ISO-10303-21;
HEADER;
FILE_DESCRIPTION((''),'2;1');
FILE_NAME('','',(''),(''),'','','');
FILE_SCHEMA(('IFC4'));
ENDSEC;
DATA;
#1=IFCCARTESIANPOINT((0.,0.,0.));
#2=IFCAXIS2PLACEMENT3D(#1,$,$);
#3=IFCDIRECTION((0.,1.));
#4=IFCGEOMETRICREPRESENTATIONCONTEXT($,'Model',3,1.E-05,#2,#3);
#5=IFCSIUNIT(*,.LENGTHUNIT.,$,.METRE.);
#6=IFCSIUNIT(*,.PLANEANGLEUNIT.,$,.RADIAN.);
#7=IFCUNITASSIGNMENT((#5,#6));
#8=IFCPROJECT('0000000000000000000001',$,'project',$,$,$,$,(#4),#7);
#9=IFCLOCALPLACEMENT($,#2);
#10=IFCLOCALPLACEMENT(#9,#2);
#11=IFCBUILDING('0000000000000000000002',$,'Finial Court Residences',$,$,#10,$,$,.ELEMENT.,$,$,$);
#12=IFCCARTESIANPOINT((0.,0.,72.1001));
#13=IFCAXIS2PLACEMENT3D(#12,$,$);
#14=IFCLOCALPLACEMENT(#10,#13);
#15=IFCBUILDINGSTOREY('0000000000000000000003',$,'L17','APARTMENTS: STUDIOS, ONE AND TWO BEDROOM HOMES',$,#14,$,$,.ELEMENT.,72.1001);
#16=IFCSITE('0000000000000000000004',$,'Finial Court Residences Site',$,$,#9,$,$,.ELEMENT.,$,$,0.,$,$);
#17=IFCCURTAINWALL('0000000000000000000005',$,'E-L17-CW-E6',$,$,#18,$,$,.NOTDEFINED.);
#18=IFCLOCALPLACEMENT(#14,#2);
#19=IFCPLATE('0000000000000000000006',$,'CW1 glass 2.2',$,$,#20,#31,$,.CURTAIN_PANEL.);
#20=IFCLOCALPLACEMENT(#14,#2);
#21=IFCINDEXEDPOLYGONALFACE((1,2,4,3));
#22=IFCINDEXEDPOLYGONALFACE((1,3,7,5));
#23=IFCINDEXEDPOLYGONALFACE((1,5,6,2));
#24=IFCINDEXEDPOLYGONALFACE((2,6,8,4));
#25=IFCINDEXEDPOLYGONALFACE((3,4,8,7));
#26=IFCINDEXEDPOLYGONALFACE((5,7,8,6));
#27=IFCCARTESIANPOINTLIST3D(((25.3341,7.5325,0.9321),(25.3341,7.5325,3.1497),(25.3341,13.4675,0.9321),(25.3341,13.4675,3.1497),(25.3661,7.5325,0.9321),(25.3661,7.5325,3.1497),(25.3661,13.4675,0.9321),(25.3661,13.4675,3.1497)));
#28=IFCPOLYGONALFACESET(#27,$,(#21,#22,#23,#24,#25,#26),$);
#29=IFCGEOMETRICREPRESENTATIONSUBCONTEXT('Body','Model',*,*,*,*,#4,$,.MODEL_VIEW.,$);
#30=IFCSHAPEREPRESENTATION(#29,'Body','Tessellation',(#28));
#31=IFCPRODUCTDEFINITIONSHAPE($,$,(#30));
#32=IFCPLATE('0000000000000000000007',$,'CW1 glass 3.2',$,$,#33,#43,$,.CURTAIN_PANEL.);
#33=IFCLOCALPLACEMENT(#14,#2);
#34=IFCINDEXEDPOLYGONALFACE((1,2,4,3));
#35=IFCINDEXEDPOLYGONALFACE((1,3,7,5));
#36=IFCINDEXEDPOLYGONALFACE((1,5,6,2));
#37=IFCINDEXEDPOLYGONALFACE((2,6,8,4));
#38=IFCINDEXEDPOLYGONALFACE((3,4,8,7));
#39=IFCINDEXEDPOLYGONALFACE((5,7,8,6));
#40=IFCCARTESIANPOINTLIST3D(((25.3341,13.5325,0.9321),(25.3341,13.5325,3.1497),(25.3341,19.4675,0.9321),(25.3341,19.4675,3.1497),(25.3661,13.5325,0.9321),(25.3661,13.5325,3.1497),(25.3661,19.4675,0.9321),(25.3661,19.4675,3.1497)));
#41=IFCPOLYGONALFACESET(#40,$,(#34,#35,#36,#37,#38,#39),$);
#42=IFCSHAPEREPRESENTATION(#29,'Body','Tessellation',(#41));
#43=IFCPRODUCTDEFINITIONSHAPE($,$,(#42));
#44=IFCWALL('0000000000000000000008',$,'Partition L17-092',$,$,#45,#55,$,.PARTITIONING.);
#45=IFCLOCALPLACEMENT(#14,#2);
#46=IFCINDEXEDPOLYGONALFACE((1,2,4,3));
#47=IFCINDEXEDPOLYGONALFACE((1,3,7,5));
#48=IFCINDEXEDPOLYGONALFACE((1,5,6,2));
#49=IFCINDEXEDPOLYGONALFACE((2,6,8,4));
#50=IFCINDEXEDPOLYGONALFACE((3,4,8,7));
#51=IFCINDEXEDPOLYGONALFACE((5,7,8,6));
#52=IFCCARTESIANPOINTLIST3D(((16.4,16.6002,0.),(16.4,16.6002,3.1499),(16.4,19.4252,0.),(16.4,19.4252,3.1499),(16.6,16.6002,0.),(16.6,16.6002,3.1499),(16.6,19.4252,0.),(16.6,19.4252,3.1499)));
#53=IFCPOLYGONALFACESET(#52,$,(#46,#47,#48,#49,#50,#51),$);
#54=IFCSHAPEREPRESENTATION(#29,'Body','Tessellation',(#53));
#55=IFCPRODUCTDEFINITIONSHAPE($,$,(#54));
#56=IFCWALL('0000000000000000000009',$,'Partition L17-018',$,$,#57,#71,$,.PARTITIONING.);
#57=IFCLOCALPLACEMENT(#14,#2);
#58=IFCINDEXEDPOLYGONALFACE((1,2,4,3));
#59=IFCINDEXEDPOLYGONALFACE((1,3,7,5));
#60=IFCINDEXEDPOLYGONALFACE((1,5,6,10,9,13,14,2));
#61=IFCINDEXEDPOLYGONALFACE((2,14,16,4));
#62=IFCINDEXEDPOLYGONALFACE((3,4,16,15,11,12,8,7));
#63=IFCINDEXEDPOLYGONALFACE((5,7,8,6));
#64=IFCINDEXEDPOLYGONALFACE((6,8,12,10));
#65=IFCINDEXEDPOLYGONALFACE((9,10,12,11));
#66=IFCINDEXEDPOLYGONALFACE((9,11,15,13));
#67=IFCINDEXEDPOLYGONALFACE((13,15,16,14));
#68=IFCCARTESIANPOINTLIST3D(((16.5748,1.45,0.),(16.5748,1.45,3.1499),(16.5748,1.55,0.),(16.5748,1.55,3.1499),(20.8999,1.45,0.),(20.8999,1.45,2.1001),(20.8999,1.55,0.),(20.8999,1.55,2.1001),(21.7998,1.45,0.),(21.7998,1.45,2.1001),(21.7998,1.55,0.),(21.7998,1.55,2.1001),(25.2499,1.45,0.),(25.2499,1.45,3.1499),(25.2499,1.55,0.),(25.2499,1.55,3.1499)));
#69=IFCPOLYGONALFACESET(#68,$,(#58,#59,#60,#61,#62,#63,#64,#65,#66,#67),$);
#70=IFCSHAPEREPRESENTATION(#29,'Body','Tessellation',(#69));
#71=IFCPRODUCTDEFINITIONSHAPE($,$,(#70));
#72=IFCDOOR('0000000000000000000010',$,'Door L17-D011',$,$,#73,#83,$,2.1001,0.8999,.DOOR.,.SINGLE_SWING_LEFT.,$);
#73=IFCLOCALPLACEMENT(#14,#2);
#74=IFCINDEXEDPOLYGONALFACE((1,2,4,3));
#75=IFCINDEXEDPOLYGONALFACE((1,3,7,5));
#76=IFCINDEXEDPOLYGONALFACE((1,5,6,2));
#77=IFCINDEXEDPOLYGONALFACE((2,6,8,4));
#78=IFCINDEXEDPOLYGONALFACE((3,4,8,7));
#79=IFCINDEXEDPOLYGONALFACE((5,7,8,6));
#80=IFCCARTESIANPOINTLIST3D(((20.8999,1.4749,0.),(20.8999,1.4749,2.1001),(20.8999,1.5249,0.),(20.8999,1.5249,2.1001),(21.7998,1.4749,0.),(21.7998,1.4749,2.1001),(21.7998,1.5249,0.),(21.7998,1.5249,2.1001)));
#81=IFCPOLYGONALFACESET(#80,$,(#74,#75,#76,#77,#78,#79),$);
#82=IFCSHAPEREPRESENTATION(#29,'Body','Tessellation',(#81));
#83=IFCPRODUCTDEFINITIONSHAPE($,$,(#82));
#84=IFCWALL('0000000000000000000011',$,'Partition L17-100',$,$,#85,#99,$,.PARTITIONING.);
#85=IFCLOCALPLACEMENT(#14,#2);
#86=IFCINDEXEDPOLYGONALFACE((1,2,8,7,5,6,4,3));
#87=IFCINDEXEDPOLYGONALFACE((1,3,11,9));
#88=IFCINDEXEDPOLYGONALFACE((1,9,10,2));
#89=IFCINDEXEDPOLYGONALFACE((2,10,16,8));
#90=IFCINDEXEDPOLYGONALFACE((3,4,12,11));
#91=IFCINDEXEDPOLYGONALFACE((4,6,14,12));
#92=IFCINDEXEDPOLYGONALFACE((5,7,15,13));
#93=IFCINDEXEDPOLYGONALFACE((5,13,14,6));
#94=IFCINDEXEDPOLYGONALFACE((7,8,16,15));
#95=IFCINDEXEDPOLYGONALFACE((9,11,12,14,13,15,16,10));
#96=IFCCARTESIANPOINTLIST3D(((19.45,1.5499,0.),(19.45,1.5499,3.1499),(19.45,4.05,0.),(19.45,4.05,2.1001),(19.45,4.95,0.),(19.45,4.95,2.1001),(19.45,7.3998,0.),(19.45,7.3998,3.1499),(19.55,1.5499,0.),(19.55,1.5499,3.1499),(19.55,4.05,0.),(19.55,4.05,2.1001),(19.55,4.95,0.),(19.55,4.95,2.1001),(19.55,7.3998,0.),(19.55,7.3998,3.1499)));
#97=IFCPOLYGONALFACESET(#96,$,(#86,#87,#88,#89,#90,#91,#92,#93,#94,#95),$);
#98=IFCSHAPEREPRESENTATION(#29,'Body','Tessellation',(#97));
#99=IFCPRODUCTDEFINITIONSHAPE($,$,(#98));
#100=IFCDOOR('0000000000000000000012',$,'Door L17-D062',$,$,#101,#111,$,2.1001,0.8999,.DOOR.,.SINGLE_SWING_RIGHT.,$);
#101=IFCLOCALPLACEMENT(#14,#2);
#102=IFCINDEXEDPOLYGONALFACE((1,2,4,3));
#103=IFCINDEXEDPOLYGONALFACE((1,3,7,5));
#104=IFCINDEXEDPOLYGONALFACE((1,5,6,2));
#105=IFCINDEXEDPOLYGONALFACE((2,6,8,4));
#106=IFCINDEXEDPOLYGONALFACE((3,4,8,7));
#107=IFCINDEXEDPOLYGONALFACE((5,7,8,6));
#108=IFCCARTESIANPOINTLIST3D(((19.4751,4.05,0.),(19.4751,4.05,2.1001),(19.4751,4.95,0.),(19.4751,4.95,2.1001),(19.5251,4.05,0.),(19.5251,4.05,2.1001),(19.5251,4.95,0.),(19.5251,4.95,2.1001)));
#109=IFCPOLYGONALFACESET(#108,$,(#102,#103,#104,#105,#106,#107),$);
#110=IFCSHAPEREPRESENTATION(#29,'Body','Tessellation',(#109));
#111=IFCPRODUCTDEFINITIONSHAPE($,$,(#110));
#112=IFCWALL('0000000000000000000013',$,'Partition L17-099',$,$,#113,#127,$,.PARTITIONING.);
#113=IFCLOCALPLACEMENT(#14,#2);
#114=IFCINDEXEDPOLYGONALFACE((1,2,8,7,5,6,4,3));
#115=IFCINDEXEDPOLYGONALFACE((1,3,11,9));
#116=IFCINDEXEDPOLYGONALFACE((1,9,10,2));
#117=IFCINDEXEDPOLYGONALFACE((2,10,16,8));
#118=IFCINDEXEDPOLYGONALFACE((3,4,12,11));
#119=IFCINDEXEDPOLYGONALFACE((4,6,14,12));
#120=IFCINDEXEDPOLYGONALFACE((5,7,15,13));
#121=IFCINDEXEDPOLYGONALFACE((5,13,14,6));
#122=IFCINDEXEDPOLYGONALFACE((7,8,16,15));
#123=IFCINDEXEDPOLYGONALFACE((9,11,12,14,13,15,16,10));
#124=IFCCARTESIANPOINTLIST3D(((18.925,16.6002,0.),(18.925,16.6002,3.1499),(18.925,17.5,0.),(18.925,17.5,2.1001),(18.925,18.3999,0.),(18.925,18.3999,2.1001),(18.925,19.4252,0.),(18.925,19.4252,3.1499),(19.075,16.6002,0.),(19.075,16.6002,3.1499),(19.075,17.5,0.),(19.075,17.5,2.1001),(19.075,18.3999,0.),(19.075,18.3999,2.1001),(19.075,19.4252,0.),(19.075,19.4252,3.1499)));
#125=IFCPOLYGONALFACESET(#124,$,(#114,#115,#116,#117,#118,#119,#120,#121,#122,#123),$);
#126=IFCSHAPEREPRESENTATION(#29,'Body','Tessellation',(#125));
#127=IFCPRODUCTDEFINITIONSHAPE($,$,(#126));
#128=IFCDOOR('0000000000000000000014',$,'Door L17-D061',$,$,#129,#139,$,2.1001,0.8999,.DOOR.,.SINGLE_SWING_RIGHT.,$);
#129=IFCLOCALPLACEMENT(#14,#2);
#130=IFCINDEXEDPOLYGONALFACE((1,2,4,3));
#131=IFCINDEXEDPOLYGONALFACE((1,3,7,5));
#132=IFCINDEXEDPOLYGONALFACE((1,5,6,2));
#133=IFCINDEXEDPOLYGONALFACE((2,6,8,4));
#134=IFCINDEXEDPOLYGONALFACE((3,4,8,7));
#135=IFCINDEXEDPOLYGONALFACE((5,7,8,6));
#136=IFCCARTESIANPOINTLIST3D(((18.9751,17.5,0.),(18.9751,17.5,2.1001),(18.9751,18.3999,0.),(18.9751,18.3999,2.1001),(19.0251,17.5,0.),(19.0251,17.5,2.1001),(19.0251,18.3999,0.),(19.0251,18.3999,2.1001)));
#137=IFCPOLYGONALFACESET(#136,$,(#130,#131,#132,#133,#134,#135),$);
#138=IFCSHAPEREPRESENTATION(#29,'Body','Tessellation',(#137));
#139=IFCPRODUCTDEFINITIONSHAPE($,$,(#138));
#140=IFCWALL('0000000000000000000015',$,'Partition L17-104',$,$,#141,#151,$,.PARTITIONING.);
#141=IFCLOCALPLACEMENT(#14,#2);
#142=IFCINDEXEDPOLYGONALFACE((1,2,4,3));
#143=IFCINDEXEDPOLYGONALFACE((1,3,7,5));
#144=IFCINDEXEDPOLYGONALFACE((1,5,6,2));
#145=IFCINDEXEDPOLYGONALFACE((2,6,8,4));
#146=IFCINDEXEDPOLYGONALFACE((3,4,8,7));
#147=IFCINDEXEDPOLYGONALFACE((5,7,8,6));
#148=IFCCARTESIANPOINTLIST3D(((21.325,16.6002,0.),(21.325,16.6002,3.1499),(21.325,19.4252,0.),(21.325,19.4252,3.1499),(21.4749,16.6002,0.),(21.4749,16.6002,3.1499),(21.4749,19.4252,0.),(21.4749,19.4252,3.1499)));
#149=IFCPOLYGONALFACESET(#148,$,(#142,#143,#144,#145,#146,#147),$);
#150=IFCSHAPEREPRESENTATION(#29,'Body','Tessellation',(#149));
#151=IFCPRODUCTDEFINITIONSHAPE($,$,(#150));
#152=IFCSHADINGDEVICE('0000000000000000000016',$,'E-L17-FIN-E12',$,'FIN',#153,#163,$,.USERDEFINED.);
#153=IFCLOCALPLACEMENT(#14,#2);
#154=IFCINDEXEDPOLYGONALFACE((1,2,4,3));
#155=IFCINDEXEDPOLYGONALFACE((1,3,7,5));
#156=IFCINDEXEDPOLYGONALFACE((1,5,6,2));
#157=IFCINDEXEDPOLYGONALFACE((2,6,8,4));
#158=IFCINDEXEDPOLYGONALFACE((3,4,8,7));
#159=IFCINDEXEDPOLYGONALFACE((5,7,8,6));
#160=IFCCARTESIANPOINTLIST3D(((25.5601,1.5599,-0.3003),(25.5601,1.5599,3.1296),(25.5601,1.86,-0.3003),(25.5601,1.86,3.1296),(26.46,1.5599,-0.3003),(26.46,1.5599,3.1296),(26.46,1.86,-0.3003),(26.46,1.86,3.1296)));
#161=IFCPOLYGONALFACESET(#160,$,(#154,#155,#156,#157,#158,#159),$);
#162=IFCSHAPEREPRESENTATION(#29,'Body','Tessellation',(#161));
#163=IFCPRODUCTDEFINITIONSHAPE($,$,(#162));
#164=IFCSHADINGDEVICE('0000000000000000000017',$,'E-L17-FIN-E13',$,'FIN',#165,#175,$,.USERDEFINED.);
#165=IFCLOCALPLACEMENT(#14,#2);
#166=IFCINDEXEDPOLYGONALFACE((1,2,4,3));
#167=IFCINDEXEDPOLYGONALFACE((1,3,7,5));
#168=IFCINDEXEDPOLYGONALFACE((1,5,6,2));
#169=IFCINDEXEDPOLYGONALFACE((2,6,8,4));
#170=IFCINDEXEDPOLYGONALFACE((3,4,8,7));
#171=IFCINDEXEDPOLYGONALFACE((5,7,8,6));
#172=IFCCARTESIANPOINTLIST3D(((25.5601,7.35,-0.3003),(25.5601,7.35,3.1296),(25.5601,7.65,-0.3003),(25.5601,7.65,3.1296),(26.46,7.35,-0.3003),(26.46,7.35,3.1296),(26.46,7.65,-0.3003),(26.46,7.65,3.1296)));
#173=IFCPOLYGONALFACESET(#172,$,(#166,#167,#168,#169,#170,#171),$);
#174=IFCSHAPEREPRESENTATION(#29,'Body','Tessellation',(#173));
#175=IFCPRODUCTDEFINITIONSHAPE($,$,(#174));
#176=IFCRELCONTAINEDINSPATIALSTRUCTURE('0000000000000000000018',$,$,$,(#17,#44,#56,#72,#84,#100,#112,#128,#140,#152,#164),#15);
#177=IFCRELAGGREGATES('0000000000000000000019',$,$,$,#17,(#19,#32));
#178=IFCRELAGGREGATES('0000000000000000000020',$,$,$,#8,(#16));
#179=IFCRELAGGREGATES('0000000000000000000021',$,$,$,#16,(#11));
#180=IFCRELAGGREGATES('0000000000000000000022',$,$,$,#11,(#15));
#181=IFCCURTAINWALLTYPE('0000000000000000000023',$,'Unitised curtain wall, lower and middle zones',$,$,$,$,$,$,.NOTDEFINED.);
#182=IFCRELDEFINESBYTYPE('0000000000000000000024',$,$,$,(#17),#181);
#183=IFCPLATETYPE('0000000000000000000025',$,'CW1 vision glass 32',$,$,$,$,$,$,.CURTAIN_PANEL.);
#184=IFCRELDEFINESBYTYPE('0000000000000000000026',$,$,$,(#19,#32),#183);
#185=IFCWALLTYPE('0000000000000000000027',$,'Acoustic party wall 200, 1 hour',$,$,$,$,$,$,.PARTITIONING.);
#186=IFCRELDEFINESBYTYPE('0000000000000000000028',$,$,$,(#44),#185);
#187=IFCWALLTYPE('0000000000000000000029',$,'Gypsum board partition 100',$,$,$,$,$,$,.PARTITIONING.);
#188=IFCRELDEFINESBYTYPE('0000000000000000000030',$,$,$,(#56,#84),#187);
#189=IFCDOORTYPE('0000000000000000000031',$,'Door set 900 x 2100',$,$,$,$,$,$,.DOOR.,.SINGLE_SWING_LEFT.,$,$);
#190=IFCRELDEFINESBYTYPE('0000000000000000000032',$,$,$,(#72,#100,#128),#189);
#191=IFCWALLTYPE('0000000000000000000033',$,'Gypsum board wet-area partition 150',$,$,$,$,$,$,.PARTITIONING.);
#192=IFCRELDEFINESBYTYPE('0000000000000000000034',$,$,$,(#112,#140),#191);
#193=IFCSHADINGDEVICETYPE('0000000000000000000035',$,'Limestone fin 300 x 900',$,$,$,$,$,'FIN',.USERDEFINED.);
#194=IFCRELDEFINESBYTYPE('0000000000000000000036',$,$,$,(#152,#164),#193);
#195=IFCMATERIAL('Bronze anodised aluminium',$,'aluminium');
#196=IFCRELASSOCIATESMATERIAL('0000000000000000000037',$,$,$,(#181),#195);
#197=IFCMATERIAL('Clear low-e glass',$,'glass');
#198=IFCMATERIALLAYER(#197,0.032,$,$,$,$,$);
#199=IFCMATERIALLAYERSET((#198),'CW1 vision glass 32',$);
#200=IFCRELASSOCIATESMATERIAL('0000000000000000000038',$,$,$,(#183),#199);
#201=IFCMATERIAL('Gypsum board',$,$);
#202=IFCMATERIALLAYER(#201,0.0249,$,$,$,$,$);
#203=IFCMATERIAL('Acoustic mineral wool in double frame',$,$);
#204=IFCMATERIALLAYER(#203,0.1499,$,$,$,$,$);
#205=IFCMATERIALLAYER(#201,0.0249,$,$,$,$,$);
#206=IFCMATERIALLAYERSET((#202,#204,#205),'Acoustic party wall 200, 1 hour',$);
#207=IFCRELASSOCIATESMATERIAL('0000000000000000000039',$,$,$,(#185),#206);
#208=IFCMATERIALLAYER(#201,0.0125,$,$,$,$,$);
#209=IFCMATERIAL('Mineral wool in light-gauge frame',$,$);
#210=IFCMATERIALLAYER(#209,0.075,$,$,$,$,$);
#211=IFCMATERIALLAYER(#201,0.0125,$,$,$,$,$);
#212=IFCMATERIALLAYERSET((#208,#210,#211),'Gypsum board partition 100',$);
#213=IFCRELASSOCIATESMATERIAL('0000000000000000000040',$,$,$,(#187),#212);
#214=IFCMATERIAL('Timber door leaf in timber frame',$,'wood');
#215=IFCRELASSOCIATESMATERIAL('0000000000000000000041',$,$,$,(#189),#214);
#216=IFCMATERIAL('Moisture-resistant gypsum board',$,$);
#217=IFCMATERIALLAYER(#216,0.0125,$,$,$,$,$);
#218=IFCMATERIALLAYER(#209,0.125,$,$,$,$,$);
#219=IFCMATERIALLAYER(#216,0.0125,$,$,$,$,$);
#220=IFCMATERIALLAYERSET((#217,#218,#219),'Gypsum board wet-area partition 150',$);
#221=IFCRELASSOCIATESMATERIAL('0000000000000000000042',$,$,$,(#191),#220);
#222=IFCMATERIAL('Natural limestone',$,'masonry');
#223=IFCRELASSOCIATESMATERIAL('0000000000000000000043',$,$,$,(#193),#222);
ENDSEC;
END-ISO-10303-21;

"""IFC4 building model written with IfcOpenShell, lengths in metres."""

from ifc_helpers import new_model, si_unit, direction, frame, frame_2d, origin, origin_2d, place, context, subcontext, project, spatial, rectangle, extrude, material, layer, layer_set, type_object, element, fill, aggregate, save


model = new_model("IFC4")

# Units and contexts
model_context = context("Model", 3, precision=1e-05, world=origin(), true_north=direction((0.0, 1.0)))
body_context = subcontext(model_context, "Body", "Model", "MODEL_VIEW")
ifc_project = project(units=[si_unit("LENGTHUNIT", "METRE"), si_unit("PLANEANGLEUNIT", "RADIAN")], contexts=[model_context])

# Site, building, storey
site_placement = place(None, origin())
site = spatial("IfcSite", under=ifc_project, at=site_placement, Name="Finial Court Residences Site", CompositionType="ELEMENT", RefElevation=0.0)
building_placement = place(site_placement, origin())
building = spatial("IfcBuilding", under=site, at=building_placement, Name="Finial Court Residences", CompositionType="ELEMENT")
storey_placement = place(building_placement, frame((0.0, 0.0, 72.1001)))
storey = spatial("IfcBuildingStorey", under=building, at=storey_placement, Name="L17", Description="APARTMENTS: STUDIOS, ONE AND TWO BEDROOM HOMES", CompositionType="ELEMENT", Elevation=72.1001)

# Curtain wall, plates
ifc_material_1 = material(Name="Bronze anodised aluminium", Category="aluminium")
curtain_wall_type = type_object("IfcCurtainWallType", Name="Unitised curtain wall, lower and middle zones", PredefinedType="NOTDEFINED", material=ifc_material_1)
curtain_wall_placement = place(storey_placement, origin())
curtain_wall = element("IfcCurtainWall", 1, at=curtain_wall_placement, inside=storey, type_object=curtain_wall_type, Name="E-L17-CW-E6", PredefinedType="NOTDEFINED")
ifc_material_2 = material(Name="Clear low-e glass", Category="glass")
ifc_layer_1 = layer(ifc_material_2, 0.032)
ifc_layer_set_1 = layer_set([ifc_layer_1], Name="CW1 vision glass 32")
plate_type_1 = type_object("IfcPlateType", Name="CW1 vision glass 32", PredefinedType="CURTAIN_PANEL", material=ifc_layer_set_1)
plate_1_placement = place(storey_placement, frame((25.3501, 10.5, 0.9321), z_axis=(0.0, 0.0, 1.0), x_axis=(0.0, 1.0, 0.0)))
plate_1 = element("IfcPlate", 2, at=plate_1_placement, type_object=plate_type_1, Name="CW1 glass 2.2", PredefinedType="CURTAIN_PANEL", context=body_context, shape_type="SweptSolid", body=[
    extrude(rectangle(XDim=5.9351, YDim=0.032, at=origin_2d()), origin(), (0.0, 0.0, 1.0), 2.2175),
])
plate_2_placement = place(storey_placement, frame((25.3501, 16.5, 0.9321), z_axis=(0.0, 0.0, 1.0), x_axis=(0.0, 1.0, 0.0)))
plate_2 = element("IfcPlate", 3, at=plate_2_placement, type_object=plate_type_1, Name="CW1 glass 3.2", PredefinedType="CURTAIN_PANEL", context=body_context, shape_type="SweptSolid", body=[
    extrude(rectangle(XDim=5.9351, YDim=0.032, at=origin_2d()), origin(), (0.0, 0.0, 1.0), 2.2175),
])
aggregate(curtain_wall, [plate_1, plate_2])

# Wall
ifc_material_3 = material(Name="Gypsum board")
ifc_layer_2 = layer(ifc_material_3, 0.0249)
ifc_material_4 = material(Name="Acoustic mineral wool in double frame")
ifc_layer_3 = layer(ifc_material_4, 0.1499)
ifc_layer_4 = layer(ifc_material_3, 0.0249)
ifc_layer_set_2 = layer_set([ifc_layer_2, ifc_layer_3, ifc_layer_4], Name="Acoustic party wall 200, 1 hour")
wall_type_1 = type_object("IfcWallType", Name="Acoustic party wall 200, 1 hour", PredefinedType="PARTITIONING", material=ifc_layer_set_2)
wall_1_placement = place(storey_placement, frame((16.5, 16.6001, 0.0), z_axis=(0.0, 0.0, 1.0), x_axis=(0.0, 1.0, 0.0)))
element("IfcWall", 4, at=wall_1_placement, inside=storey, type_object=wall_type_1, Name="Partition L17-092", PredefinedType="PARTITIONING", context=body_context, shape_type="SweptSolid", body=[
    extrude(rectangle(XDim=2.825, YDim=0.2, at=frame_2d((1.4126, 0.0))), origin(), (0.0, 0.0, 1.0), 3.1499),
])

# Walls, openings, doors
ifc_layer_5 = layer(ifc_material_3, 0.0125)
ifc_material_5 = material(Name="Mineral wool in light-gauge frame")
ifc_layer_6 = layer(ifc_material_5, 0.075)
ifc_layer_7 = layer(ifc_material_3, 0.0125)
ifc_layer_set_3 = layer_set([ifc_layer_5, ifc_layer_6, ifc_layer_7], Name="Gypsum board partition 100")
wall_type_2 = type_object("IfcWallType", Name="Gypsum board partition 100", PredefinedType="PARTITIONING", material=ifc_layer_set_3)
wall_2_placement = place(storey_placement, frame((16.575, 1.5, 0.0), z_axis=(0.0, 0.0, 1.0), x_axis=(1.0, 0.0, 0.0)))
wall_2 = element("IfcWall", 5, at=wall_2_placement, inside=storey, type_object=wall_type_2, Name="Partition L17-018", PredefinedType="PARTITIONING", context=body_context, shape_type="SweptSolid", body=[
    extrude(rectangle(XDim=8.675, YDim=0.1001, at=frame_2d((4.3374, 0.0))), origin(), (0.0, 0.0, 1.0), 3.1499),
])
opening_1_placement = place(wall_2_placement, frame((4.325, 0.0, 0.0)))
opening_1 = element("IfcOpeningElement", 6, at=opening_1_placement, cuts=wall_2, PredefinedType="OPENING", context=body_context, shape_type="SweptSolid", body=[
    extrude(rectangle(XDim=0.8999, YDim=2.1001, at=frame_2d((0.45, 1.05))), frame((0.0, 0.0601, 0.0), z_axis=(0.0, -1.0, 0.0), x_axis=(1.0, 0.0, 0.0)), (0.0, 0.0, 1.0), 0.1201),
])
ifc_material_6 = material(Name="Timber door leaf in timber frame", Category="wood")
door_type = type_object("IfcDoorType", Name="Door set 900 x 2100", OperationType="SINGLE_SWING_LEFT", PredefinedType="DOOR", material=ifc_material_6)
door_1_placement = place(opening_1_placement, origin())
door_1 = element("IfcDoor", 7, at=door_1_placement, inside=storey, type_object=door_type, Name="Door L17-D011", OperationType="SINGLE_SWING_LEFT", OverallHeight=2.1001, OverallWidth=0.8999, PredefinedType="DOOR", context=body_context, shape_type="SweptSolid", body=[
    extrude(rectangle(XDim=0.8999, YDim=2.1001, at=frame_2d((0.45, 1.05))), frame((0.0, 0.0249, 0.0), z_axis=(0.0, -1.0, 0.0), x_axis=(1.0, 0.0, 0.0)), (0.0, 0.0, 1.0), 0.05),
])
fill(opening_1, door_1)
wall_3_placement = place(storey_placement, frame((19.5, 1.55, 0.0), z_axis=(0.0, 0.0, 1.0), x_axis=(0.0, 1.0, 0.0)))
wall_3 = element("IfcWall", 8, at=wall_3_placement, inside=storey, type_object=wall_type_2, Name="Partition L17-100", PredefinedType="PARTITIONING", context=body_context, shape_type="SweptSolid", body=[
    extrude(rectangle(XDim=5.8499, YDim=0.1001, at=frame_2d((2.9248, 0.0))), origin(), (0.0, 0.0, 1.0), 3.1499),
])
opening_2_placement = place(wall_3_placement, frame((2.5, 0.0, 0.0)))
opening_2 = element("IfcOpeningElement", 9, at=opening_2_placement, cuts=wall_3, PredefinedType="OPENING", context=body_context, shape_type="SweptSolid", body=[
    extrude(rectangle(XDim=0.8999, YDim=2.1001, at=frame_2d((0.45, 1.05))), frame((0.0, 0.0601, 0.0), z_axis=(0.0, -1.0, 0.0), x_axis=(1.0, 0.0, 0.0)), (0.0, 0.0, 1.0), 0.1201),
])
door_2_placement = place(opening_2_placement, origin())
door_2 = element("IfcDoor", 10, at=door_2_placement, inside=storey, type_object=door_type, Name="Door L17-D062", OperationType="SINGLE_SWING_RIGHT", OverallHeight=2.1001, OverallWidth=0.8999, PredefinedType="DOOR", context=body_context, shape_type="SweptSolid", body=[
    extrude(rectangle(XDim=0.8999, YDim=2.1001, at=frame_2d((0.45, 1.05))), frame((0.0, 0.0249, 0.0), z_axis=(0.0, -1.0, 0.0), x_axis=(1.0, 0.0, 0.0)), (0.0, 0.0, 1.0), 0.05),
])
fill(opening_2, door_2)
ifc_material_7 = material(Name="Moisture-resistant gypsum board")
ifc_layer_8 = layer(ifc_material_7, 0.0125)
ifc_layer_9 = layer(ifc_material_5, 0.125)
ifc_layer_10 = layer(ifc_material_7, 0.0125)
ifc_layer_set_4 = layer_set([ifc_layer_8, ifc_layer_9, ifc_layer_10], Name="Gypsum board wet-area partition 150")
wall_type_3 = type_object("IfcWallType", Name="Gypsum board wet-area partition 150", PredefinedType="PARTITIONING", material=ifc_layer_set_4)
wall_4_placement = place(storey_placement, frame((19.0, 16.6001, 0.0), z_axis=(0.0, 0.0, 1.0), x_axis=(0.0, 1.0, 0.0)))
wall_4 = element("IfcWall", 11, at=wall_4_placement, inside=storey, type_object=wall_type_3, Name="Partition L17-099", PredefinedType="PARTITIONING", context=body_context, shape_type="SweptSolid", body=[
    extrude(rectangle(XDim=2.825, YDim=0.1499, at=frame_2d((1.4126, 0.0))), origin(), (0.0, 0.0, 1.0), 3.1499),
])
opening_3_placement = place(wall_4_placement, frame((0.8999, 0.0, 0.0)))
opening_3 = element("IfcOpeningElement", 12, at=opening_3_placement, cuts=wall_4, PredefinedType="OPENING", context=body_context, shape_type="SweptSolid", body=[
    extrude(rectangle(XDim=0.8999, YDim=2.1001, at=frame_2d((0.45, 1.05))), frame((0.0, 0.085, 0.0), z_axis=(0.0, -1.0, 0.0), x_axis=(1.0, 0.0, 0.0)), (0.0, 0.0, 1.0), 0.1699),
])
door_3_placement = place(opening_3_placement, origin())
door_3 = element("IfcDoor", 13, at=door_3_placement, inside=storey, type_object=door_type, Name="Door L17-D061", OperationType="SINGLE_SWING_RIGHT", OverallHeight=2.1001, OverallWidth=0.8999, PredefinedType="DOOR", context=body_context, shape_type="SweptSolid", body=[
    extrude(rectangle(XDim=0.8999, YDim=2.1001, at=frame_2d((0.45, 1.05))), frame((0.0, 0.0249, 0.0), z_axis=(0.0, -1.0, 0.0), x_axis=(1.0, 0.0, 0.0)), (0.0, 0.0, 1.0), 0.05),
])
fill(opening_3, door_3)

# Wall
wall_5_placement = place(storey_placement, frame((21.3999, 16.6001, 0.0), z_axis=(0.0, 0.0, 1.0), x_axis=(0.0, 1.0, 0.0)))
element("IfcWall", 14, at=wall_5_placement, inside=storey, type_object=wall_type_3, Name="Partition L17-104", PredefinedType="PARTITIONING", context=body_context, shape_type="SweptSolid", body=[
    extrude(rectangle(XDim=2.825, YDim=0.1499, at=frame_2d((1.4126, 0.0))), origin(), (0.0, 0.0, 1.0), 3.1499),
])

# Shading devices
ifc_material_8 = material(Name="Natural limestone", Category="masonry")
shading_device_type = type_object("IfcShadingDeviceType", Name="Limestone fin 300 x 900", ElementType="FIN", PredefinedType="USERDEFINED", material=ifc_material_8)
for number, where, z_axis, x_axis, name in (
    (15, (26.01, 1.71, -0.3003), (0.0, 0.0, 1.0), (1.0, 0.0, 0.0), "E-L17-FIN-E12"),
    (16, (26.01, 7.5, -0.3003), (0.0, 0.0, 1.0), (1.0, 0.0, 0.0), "E-L17-FIN-E13"),
):
    element("IfcShadingDevice", number, at=place(storey_placement, frame(where, z_axis=z_axis, x_axis=x_axis)), inside=storey, type_object=shading_device_type, Name=name, ObjectType="FIN", PredefinedType="USERDEFINED", context=body_context, shape_type="SweptSolid", body=[
        extrude(rectangle(XDim=0.8999, YDim=0.3, at=origin_2d()), origin(), (0.0, 0.0, 1.0), 3.4299),
    ])

save(model, "model.ifc")
